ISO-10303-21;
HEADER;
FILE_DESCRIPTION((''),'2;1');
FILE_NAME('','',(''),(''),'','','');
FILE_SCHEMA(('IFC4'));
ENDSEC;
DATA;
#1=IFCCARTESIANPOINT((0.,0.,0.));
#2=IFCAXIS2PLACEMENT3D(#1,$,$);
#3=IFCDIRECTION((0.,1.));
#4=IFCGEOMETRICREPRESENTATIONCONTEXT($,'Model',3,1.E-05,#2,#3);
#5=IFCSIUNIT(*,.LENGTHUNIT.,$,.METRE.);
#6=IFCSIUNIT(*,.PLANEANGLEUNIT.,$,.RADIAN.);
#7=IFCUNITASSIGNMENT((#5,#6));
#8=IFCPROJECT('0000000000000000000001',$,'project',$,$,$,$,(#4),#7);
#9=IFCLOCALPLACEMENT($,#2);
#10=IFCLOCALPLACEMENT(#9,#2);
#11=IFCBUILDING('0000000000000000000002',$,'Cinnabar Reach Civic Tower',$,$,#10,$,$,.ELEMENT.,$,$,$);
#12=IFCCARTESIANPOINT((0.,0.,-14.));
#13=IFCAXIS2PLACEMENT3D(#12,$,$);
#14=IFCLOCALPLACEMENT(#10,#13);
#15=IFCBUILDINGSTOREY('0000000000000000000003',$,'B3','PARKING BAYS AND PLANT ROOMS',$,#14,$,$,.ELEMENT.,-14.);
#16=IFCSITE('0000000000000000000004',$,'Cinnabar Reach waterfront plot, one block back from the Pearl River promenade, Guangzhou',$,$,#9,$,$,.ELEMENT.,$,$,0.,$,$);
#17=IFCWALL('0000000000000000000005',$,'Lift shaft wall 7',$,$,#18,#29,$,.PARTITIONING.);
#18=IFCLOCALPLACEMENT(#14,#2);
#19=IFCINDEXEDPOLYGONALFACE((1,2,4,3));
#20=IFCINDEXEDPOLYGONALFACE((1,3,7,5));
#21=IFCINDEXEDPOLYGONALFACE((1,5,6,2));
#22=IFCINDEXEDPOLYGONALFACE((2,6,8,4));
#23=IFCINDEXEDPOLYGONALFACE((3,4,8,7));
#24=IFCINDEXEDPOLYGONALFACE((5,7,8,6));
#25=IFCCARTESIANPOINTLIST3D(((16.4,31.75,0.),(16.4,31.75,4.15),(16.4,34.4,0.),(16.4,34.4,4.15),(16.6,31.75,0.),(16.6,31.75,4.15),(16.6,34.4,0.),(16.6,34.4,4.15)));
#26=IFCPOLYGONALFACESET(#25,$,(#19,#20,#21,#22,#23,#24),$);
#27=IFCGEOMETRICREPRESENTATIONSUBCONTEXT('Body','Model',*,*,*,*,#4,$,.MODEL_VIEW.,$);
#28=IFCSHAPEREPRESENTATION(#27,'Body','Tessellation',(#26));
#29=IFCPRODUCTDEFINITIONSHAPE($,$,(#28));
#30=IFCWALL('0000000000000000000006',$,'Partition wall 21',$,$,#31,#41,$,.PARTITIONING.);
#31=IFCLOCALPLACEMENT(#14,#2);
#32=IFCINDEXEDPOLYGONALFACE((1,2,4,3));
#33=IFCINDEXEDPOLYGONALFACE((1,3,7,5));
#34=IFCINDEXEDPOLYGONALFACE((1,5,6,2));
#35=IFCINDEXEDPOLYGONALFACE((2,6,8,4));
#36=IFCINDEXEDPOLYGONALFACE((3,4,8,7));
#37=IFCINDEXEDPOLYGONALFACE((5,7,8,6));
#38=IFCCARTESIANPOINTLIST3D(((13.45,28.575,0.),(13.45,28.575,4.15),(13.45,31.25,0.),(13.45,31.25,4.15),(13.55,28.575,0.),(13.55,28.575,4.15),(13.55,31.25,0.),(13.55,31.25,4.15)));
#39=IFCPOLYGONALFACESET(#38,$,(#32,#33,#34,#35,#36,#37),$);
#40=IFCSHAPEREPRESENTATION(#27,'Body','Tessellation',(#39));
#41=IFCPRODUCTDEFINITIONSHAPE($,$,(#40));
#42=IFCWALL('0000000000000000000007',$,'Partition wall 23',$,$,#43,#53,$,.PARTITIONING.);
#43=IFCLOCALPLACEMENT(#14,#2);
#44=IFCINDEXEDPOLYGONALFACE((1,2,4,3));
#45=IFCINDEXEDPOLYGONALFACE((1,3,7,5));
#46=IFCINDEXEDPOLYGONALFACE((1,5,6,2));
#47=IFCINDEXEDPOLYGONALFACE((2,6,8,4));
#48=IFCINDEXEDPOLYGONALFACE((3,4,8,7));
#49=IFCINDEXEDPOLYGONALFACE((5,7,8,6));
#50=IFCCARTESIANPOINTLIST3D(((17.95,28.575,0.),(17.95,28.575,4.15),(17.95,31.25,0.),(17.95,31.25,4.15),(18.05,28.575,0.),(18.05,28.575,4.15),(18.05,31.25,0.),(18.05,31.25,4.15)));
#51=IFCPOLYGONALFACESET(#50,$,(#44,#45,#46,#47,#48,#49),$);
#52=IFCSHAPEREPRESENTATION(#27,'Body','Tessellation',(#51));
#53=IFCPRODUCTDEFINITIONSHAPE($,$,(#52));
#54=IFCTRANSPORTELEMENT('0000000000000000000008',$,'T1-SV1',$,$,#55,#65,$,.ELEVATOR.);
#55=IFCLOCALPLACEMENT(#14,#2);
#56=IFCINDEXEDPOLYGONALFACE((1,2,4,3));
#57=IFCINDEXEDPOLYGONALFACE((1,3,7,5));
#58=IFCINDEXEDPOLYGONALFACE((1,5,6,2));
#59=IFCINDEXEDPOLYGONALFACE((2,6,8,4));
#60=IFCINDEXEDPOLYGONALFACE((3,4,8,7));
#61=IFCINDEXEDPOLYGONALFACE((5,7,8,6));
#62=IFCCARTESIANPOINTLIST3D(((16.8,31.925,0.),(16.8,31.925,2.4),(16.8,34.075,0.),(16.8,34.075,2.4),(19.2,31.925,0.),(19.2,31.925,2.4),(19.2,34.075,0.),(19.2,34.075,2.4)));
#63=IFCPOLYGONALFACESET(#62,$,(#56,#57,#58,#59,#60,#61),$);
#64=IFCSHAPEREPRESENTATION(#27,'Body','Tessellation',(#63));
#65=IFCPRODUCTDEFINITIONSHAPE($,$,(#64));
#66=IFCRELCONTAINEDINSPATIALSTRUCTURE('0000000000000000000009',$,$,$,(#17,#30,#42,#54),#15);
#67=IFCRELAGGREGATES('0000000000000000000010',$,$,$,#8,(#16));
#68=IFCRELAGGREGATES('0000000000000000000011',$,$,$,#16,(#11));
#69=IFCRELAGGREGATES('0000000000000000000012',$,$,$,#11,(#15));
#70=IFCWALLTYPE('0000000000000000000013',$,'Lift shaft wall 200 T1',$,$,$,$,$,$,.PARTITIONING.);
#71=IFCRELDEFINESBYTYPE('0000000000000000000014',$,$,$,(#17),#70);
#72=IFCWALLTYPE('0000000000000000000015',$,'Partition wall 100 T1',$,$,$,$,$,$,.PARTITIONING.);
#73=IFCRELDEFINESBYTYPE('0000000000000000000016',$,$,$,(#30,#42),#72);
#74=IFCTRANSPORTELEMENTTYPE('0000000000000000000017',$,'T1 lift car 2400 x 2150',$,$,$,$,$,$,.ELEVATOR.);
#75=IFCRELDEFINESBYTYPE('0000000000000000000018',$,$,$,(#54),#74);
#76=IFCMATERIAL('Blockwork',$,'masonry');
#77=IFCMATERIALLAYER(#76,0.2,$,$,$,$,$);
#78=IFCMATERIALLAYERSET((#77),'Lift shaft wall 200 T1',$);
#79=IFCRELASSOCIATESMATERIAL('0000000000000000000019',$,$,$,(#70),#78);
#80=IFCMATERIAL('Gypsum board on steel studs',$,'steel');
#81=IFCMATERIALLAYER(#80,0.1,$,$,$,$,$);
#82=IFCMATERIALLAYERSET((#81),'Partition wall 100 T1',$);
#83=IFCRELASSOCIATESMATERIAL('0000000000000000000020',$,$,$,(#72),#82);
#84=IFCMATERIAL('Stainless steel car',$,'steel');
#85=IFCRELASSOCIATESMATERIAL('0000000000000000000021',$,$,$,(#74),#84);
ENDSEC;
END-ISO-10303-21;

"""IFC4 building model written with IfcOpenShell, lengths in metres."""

from ifc_helpers import new_model, si_unit, direction, frame, frame_2d, origin, origin_2d, place, context, subcontext, project, spatial, rectangle, extrude, material, layer, layer_set, type_object, element, save


model = new_model("IFC4")

# Units and contexts
model_context = context("Model", 3, precision=1e-05, world=origin(), true_north=direction((0.0, 1.0)))
body_context = subcontext(model_context, "Body", "Model", "MODEL_VIEW")
ifc_project = project(units=[si_unit("LENGTHUNIT", "METRE"), si_unit("PLANEANGLEUNIT", "RADIAN")], contexts=[model_context])

# Site, building, storey
site_placement = place(None, origin())
site = spatial("IfcSite", under=ifc_project, at=site_placement, Name="Cinnabar Reach waterfront plot, one block back from the Pearl River promenade, Guangzhou", CompositionType="ELEMENT", RefElevation=0.0)
building_placement = place(site_placement, origin())
building = spatial("IfcBuilding", under=site, at=building_placement, Name="Cinnabar Reach Civic Tower", CompositionType="ELEMENT")
storey_placement = place(building_placement, frame((0.0, 0.0, -14.0)))
storey = spatial("IfcBuildingStorey", under=building, at=storey_placement, Name="B3", Description="PARKING BAYS AND PLANT ROOMS", CompositionType="ELEMENT", Elevation=-14.0)

# Shared definitions
ifc_material_1 = material(Name="Blockwork", Category="masonry")
ifc_layer_1 = layer(ifc_material_1, 0.2)
ifc_layer_set_1 = layer_set([ifc_layer_1], Name="Lift shaft wall 200 T1")
wall_type_1 = type_object("IfcWallType", Name="Lift shaft wall 200 T1", PredefinedType="PARTITIONING", material=ifc_layer_set_1)

# Walls
wall_1_placement = place(storey_placement, frame((16.5, 31.75, 0.0), z_axis=(0.0, 0.0, 1.0), x_axis=(0.0, 1.0, 0.0)))
element("IfcWall", 1, at=wall_1_placement, inside=storey, type_object=wall_type_1, Name="Lift shaft wall 7", PredefinedType="PARTITIONING", context=body_context, shape_type="SweptSolid", body=[
    extrude(rectangle(XDim=2.65, YDim=0.2, at=frame_2d((1.325, 0.0))), origin(), (0.0, 0.0, 1.0), 4.15),
])
ifc_material_2 = material(Name="Gypsum board on steel studs", Category="steel")
ifc_layer_2 = layer(ifc_material_2, 0.1)
ifc_layer_set_2 = layer_set([ifc_layer_2], Name="Partition wall 100 T1")
wall_type_2 = type_object("IfcWallType", Name="Partition wall 100 T1", PredefinedType="PARTITIONING", material=ifc_layer_set_2)
for number, where, z_axis, x_axis, name in (
    (2, (13.5, 28.575, 0.0), (0.0, 0.0, 1.0), (0.0, 1.0, 0.0), "Partition wall 21"),
    (3, (18.0, 28.575, 0.0), (0.0, 0.0, 1.0), (0.0, 1.0, 0.0), "Partition wall 23"),
):
    element("IfcWall", number, at=place(storey_placement, frame(where, z_axis=z_axis, x_axis=x_axis)), inside=storey, type_object=wall_type_2, Name=name, PredefinedType="PARTITIONING", context=body_context, shape_type="SweptSolid", body=[
        extrude(rectangle(XDim=2.675, YDim=0.1, at=frame_2d((1.3375, 0.0))), origin(), (0.0, 0.0, 1.0), 4.15),
    ])

# Transport element
ifc_material_3 = material(Name="Stainless steel car", Category="steel")
transport_element_type = type_object("IfcTransportElementType", Name="T1 lift car 2400 x 2150", PredefinedType="ELEVATOR", material=ifc_material_3)
transport_element_placement = place(storey_placement, frame((18.0, 33.0, 0.0), z_axis=(0.0, 0.0, 1.0), x_axis=(1.0, 0.0, 0.0)))
element("IfcTransportElement", 4, at=transport_element_placement, inside=storey, type_object=transport_element_type, Name="T1-SV1", PredefinedType="ELEVATOR", context=body_context, shape_type="SweptSolid", body=[
    extrude(rectangle(XDim=2.4, YDim=2.15, at=origin_2d()), origin(), (0.0, 0.0, 1.0), 2.4),
])

save(model, "model.ifc")
